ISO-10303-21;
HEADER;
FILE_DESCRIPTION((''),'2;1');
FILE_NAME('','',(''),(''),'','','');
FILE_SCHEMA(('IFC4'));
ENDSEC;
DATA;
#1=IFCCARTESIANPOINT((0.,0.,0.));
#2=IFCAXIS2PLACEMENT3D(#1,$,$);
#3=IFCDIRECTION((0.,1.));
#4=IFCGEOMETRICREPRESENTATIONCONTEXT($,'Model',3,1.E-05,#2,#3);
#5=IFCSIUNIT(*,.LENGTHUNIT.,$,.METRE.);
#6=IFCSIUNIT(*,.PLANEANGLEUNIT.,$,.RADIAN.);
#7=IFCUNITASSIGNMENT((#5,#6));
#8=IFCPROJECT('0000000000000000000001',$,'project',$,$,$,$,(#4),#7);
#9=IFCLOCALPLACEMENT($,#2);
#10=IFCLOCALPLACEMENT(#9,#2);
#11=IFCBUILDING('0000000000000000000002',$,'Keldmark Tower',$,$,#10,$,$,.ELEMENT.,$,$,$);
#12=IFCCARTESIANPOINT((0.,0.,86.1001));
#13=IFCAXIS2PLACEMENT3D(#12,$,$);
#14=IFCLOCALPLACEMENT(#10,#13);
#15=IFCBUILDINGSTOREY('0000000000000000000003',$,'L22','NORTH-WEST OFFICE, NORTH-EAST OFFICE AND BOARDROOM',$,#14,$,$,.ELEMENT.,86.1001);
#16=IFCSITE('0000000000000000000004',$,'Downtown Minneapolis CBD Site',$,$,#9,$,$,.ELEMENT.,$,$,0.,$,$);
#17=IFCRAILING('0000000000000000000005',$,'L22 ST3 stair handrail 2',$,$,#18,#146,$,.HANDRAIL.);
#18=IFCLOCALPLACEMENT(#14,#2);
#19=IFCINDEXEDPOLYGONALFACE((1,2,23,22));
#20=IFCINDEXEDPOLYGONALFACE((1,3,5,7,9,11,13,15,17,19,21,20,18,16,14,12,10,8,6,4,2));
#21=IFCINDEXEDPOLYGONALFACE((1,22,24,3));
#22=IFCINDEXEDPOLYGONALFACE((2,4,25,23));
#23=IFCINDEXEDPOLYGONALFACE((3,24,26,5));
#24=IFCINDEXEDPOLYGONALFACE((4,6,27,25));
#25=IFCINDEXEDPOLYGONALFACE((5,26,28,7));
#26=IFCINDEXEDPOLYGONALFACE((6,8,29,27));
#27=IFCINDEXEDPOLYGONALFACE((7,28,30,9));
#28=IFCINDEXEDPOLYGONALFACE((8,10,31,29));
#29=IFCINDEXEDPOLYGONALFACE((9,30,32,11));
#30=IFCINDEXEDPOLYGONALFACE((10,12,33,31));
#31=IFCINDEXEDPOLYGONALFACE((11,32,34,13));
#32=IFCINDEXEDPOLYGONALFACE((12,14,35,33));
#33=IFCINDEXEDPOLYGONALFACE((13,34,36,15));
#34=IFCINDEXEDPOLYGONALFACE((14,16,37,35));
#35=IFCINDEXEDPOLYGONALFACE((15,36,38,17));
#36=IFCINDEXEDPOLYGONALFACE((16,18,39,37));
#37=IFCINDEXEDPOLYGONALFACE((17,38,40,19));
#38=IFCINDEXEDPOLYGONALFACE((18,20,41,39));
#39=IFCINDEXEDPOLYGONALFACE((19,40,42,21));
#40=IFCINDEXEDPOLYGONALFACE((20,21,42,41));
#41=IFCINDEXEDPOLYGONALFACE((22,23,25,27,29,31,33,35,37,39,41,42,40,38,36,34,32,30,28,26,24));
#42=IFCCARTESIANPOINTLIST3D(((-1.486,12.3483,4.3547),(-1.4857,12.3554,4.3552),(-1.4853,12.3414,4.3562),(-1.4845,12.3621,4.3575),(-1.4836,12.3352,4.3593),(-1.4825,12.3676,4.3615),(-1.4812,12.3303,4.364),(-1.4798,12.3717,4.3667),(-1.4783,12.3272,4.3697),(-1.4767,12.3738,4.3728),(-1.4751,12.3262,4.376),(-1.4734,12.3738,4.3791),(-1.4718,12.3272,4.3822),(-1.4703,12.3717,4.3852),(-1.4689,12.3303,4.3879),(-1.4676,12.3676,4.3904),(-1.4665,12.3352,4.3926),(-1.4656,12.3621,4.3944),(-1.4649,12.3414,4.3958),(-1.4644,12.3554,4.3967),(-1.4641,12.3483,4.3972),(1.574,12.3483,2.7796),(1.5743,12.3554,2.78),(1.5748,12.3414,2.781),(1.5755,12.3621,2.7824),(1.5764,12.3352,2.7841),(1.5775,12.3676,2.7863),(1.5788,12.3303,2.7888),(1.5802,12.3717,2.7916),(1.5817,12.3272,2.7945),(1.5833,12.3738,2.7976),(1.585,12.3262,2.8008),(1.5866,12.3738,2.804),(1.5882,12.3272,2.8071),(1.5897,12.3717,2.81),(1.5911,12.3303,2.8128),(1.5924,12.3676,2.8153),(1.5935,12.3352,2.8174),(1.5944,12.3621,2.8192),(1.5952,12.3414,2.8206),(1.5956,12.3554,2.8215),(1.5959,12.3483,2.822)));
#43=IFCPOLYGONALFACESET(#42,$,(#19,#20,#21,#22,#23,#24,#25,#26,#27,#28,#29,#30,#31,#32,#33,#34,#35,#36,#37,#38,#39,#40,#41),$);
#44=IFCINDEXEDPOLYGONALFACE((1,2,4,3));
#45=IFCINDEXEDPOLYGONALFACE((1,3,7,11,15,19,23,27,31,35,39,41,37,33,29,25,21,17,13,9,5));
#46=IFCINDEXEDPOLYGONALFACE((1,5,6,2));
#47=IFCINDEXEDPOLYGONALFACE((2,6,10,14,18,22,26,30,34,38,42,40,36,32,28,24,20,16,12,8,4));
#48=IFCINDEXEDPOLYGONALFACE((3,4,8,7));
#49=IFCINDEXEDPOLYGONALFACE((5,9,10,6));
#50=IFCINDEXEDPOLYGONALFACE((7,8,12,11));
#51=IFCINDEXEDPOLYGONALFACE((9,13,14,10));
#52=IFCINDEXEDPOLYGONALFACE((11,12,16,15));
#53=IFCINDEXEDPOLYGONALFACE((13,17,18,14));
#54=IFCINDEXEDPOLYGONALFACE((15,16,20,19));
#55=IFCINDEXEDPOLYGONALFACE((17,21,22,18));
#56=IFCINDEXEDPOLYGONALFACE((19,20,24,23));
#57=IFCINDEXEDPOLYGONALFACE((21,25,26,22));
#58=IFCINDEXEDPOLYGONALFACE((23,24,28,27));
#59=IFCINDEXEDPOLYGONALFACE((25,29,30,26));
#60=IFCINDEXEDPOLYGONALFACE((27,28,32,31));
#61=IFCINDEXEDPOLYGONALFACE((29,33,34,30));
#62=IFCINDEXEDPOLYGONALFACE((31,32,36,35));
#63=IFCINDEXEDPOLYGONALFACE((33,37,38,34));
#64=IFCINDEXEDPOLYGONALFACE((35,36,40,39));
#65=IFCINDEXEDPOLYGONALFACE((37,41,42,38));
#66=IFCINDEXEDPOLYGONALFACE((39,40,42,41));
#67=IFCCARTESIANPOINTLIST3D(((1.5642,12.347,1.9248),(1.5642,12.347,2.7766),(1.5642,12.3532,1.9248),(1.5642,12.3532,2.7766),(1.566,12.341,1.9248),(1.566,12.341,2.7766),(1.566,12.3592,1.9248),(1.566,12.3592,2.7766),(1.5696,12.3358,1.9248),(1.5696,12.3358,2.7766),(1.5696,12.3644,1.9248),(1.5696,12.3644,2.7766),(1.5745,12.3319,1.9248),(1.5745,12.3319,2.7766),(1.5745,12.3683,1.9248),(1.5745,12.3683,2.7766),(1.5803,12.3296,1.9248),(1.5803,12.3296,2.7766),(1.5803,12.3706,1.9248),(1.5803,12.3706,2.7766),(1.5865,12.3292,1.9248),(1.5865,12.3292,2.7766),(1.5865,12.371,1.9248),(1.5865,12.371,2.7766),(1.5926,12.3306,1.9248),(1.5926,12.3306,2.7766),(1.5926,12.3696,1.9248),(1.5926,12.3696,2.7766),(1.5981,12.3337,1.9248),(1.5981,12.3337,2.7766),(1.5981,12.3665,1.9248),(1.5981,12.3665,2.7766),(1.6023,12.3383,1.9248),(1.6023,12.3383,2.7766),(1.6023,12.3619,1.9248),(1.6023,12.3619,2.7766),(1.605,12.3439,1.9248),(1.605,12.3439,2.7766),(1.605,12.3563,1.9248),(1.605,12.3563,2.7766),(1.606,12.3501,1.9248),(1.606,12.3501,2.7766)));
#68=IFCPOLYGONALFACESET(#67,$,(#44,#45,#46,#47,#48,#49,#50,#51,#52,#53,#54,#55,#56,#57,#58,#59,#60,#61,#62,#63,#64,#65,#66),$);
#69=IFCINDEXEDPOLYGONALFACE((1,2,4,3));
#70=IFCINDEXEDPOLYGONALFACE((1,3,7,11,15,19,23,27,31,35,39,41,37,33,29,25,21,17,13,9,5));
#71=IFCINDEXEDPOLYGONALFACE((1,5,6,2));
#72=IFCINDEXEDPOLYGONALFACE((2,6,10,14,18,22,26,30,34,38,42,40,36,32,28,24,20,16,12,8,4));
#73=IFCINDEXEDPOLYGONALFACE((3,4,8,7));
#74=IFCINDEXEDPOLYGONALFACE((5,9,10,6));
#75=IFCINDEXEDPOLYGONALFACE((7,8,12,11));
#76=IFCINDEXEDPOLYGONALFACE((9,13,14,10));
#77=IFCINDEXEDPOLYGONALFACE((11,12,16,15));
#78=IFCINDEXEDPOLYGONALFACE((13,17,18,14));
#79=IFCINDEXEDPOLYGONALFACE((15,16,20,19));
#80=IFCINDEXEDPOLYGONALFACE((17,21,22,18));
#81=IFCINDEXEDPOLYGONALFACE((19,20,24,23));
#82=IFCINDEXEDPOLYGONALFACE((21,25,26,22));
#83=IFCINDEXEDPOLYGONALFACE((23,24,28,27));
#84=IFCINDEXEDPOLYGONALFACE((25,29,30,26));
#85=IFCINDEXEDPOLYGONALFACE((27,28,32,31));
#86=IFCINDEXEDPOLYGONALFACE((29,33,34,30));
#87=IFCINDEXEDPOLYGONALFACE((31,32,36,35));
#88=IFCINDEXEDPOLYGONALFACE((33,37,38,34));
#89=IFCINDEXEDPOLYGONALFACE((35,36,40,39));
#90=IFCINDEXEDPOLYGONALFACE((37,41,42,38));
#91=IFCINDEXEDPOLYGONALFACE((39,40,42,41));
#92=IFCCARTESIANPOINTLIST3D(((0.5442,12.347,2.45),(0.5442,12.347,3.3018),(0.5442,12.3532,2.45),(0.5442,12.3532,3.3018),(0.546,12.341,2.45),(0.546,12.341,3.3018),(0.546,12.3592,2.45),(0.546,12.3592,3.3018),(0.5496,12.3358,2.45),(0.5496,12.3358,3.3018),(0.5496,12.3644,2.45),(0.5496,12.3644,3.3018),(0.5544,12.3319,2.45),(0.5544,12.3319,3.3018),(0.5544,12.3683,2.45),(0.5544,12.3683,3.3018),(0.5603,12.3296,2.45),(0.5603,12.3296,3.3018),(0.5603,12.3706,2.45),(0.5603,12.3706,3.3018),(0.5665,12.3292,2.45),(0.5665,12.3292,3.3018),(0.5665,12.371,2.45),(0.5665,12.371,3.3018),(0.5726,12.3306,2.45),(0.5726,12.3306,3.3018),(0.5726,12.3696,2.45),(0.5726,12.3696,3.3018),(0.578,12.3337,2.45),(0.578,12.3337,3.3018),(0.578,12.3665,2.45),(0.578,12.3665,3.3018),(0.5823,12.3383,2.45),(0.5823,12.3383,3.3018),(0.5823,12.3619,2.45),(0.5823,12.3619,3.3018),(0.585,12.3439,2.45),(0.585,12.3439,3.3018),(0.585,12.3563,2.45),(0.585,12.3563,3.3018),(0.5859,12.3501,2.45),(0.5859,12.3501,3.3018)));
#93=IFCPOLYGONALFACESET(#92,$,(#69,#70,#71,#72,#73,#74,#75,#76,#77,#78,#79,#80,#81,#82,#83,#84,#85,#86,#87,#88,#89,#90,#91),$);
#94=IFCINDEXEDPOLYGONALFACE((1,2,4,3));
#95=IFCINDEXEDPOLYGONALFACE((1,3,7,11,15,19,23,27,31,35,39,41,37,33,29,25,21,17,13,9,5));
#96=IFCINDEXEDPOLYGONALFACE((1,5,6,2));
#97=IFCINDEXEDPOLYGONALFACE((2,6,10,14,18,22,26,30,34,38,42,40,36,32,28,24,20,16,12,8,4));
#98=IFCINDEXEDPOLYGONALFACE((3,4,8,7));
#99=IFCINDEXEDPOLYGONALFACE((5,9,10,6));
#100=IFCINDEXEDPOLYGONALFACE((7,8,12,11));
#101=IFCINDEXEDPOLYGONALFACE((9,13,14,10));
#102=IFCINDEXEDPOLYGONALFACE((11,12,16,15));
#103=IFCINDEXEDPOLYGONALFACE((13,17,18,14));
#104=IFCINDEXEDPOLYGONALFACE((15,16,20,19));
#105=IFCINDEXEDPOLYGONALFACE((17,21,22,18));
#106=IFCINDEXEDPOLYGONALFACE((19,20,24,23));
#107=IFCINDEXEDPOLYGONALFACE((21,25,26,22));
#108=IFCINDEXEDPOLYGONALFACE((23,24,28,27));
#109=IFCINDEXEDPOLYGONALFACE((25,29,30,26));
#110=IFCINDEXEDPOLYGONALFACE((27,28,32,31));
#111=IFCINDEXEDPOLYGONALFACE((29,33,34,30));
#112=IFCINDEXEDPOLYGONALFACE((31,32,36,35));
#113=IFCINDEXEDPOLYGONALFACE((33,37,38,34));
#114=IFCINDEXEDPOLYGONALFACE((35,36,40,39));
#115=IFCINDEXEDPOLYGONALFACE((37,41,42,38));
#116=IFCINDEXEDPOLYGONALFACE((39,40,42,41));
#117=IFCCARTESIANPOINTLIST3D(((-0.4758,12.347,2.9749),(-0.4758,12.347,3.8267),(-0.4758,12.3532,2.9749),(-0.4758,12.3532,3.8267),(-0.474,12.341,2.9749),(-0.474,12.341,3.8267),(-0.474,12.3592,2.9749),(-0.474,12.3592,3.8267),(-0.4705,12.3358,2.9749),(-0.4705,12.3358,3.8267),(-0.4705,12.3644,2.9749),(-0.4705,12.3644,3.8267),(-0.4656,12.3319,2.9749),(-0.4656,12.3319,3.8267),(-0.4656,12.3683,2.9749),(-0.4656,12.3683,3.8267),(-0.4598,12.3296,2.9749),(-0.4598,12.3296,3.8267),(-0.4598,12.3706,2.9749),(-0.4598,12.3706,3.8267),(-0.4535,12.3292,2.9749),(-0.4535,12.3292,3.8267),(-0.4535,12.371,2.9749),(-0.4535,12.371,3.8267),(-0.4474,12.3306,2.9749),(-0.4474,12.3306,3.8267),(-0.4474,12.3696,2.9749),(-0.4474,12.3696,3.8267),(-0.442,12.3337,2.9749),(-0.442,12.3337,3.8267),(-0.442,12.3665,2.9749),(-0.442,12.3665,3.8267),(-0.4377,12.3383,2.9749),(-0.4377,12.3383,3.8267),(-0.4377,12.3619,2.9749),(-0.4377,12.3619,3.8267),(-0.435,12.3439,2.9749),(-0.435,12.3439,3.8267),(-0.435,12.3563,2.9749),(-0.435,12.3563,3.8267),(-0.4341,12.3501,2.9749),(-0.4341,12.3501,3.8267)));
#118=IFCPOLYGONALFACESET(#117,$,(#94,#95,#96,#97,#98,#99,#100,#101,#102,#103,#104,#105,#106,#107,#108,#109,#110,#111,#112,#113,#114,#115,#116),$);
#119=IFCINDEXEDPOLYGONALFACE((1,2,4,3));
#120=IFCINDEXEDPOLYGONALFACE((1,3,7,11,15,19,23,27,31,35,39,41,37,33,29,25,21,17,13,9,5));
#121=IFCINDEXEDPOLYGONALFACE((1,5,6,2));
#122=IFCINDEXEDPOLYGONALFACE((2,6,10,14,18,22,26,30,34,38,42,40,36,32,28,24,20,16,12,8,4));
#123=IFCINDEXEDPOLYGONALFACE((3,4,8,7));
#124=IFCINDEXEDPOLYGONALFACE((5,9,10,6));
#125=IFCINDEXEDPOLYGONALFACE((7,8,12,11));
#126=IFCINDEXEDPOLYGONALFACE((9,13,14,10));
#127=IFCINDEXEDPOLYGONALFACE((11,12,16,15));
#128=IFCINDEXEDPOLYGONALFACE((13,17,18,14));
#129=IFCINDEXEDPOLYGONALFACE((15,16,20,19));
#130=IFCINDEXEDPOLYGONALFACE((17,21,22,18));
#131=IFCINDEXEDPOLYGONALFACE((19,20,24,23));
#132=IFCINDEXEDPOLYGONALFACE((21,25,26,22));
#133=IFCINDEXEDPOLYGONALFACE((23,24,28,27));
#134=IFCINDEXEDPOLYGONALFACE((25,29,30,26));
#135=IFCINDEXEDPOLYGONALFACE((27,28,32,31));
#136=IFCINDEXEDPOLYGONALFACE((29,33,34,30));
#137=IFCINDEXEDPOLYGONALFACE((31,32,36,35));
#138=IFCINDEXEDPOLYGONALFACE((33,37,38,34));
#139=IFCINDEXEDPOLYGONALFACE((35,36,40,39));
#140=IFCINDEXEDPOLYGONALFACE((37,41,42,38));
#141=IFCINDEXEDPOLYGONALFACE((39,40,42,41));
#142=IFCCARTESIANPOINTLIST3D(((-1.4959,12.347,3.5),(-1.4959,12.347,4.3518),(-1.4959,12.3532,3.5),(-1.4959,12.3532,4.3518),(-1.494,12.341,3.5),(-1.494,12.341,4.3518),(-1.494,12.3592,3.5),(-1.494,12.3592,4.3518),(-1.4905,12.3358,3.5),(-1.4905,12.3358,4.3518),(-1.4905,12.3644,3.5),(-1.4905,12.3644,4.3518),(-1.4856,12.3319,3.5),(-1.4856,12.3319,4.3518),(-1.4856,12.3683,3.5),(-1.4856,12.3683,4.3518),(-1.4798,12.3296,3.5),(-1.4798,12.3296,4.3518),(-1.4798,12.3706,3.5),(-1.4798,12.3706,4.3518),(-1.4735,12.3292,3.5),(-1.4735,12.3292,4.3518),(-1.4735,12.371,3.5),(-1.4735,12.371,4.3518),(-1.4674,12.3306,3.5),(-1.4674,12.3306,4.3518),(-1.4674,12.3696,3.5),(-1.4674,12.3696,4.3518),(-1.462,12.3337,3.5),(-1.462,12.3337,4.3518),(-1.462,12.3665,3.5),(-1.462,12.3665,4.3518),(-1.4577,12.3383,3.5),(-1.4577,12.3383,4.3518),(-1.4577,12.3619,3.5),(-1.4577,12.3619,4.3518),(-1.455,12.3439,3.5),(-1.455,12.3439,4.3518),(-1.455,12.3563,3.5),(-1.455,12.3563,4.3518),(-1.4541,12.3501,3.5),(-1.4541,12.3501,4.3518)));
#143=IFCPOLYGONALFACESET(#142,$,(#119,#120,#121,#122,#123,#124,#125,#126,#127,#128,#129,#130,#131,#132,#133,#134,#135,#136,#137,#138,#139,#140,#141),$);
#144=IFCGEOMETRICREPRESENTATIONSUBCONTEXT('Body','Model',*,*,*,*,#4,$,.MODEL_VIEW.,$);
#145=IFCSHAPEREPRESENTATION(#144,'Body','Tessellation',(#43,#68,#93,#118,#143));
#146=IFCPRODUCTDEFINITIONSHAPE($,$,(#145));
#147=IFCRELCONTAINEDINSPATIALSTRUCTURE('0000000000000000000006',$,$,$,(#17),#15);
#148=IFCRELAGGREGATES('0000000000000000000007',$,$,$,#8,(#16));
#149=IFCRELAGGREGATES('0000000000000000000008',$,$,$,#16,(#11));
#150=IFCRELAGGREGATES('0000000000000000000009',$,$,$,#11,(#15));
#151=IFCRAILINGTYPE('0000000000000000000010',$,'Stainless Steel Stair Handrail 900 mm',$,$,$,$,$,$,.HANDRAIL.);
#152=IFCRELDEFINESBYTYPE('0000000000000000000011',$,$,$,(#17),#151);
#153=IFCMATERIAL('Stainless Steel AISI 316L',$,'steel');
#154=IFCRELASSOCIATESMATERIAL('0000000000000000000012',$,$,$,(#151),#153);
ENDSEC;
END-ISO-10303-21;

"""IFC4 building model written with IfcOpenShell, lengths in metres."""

from ifc_helpers import new_model, si_unit, direction, frame, origin, origin_2d, place, context, subcontext, project, spatial, circle, extrude, material, type_object, element, save


model = new_model("IFC4")

# Units and contexts
model_context = context("Model", 3, precision=1e-05, world=origin(), true_north=direction((0.0, 1.0)))
body_context = subcontext(model_context, "Body", "Model", "MODEL_VIEW")
ifc_project = project(units=[si_unit("LENGTHUNIT", "METRE"), si_unit("PLANEANGLEUNIT", "RADIAN")], contexts=[model_context])

# Site, building, storey
site_placement = place(None, origin())
site = spatial("IfcSite", under=ifc_project, at=site_placement, Name="Downtown Minneapolis CBD Site", CompositionType="ELEMENT", RefElevation=0.0)
building_placement = place(site_placement, origin())
building = spatial("IfcBuilding", under=site, at=building_placement, Name="Keldmark Tower", CompositionType="ELEMENT")
storey_placement = place(building_placement, frame((0.0, 0.0, 86.1001)))
storey = spatial("IfcBuildingStorey", under=building, at=storey_placement, Name="L22", Description="NORTH-WEST OFFICE, NORTH-EAST OFFICE AND BOARDROOM", CompositionType="ELEMENT", Elevation=86.1001)

# Railing
ifc_material_1 = material(Name="Stainless Steel AISI 316L", Category="steel")
railing_type_1 = type_object("IfcRailingType", Name="Stainless Steel Stair Handrail 900 mm", PredefinedType="HANDRAIL", material=ifc_material_1)
railing_1_placement = place(storey_placement, frame((1.585, 12.3501, 1.9248)))
element("IfcRailing", 1, at=railing_1_placement, inside=storey, type_object=railing_type_1, Name="L22 ST3 stair handrail 2", PredefinedType="HANDRAIL", context=body_context, shape_type="SweptSolid", body=[
    extrude(circle(Radius=0.0239, at=origin_2d()), frame((0.0, 0.0, 0.876), z_axis=(-0.889116, 0.0, 0.457681), x_axis=(0.0, -1.0, 0.0)), (0.0, 0.0, 1.0), 3.4417),
    extrude(circle(Radius=0.021, at=origin_2d()), origin(), (0.0, 0.0, 1.0), 0.8518),
    extrude(circle(Radius=0.021, at=origin_2d()), frame((-1.02, 0.0, 0.5251)), (0.0, 0.0, 1.0), 0.8518),
    extrude(circle(Radius=0.021, at=origin_2d()), frame((-2.04, 0.0, 1.05)), (0.0, 0.0, 1.0), 0.8518),
    extrude(circle(Radius=0.021, at=origin_2d()), frame((-3.0601, 0.0, 1.5752)), (0.0, 0.0, 1.0), 0.8518),
])

save(model, "model.ifc")
